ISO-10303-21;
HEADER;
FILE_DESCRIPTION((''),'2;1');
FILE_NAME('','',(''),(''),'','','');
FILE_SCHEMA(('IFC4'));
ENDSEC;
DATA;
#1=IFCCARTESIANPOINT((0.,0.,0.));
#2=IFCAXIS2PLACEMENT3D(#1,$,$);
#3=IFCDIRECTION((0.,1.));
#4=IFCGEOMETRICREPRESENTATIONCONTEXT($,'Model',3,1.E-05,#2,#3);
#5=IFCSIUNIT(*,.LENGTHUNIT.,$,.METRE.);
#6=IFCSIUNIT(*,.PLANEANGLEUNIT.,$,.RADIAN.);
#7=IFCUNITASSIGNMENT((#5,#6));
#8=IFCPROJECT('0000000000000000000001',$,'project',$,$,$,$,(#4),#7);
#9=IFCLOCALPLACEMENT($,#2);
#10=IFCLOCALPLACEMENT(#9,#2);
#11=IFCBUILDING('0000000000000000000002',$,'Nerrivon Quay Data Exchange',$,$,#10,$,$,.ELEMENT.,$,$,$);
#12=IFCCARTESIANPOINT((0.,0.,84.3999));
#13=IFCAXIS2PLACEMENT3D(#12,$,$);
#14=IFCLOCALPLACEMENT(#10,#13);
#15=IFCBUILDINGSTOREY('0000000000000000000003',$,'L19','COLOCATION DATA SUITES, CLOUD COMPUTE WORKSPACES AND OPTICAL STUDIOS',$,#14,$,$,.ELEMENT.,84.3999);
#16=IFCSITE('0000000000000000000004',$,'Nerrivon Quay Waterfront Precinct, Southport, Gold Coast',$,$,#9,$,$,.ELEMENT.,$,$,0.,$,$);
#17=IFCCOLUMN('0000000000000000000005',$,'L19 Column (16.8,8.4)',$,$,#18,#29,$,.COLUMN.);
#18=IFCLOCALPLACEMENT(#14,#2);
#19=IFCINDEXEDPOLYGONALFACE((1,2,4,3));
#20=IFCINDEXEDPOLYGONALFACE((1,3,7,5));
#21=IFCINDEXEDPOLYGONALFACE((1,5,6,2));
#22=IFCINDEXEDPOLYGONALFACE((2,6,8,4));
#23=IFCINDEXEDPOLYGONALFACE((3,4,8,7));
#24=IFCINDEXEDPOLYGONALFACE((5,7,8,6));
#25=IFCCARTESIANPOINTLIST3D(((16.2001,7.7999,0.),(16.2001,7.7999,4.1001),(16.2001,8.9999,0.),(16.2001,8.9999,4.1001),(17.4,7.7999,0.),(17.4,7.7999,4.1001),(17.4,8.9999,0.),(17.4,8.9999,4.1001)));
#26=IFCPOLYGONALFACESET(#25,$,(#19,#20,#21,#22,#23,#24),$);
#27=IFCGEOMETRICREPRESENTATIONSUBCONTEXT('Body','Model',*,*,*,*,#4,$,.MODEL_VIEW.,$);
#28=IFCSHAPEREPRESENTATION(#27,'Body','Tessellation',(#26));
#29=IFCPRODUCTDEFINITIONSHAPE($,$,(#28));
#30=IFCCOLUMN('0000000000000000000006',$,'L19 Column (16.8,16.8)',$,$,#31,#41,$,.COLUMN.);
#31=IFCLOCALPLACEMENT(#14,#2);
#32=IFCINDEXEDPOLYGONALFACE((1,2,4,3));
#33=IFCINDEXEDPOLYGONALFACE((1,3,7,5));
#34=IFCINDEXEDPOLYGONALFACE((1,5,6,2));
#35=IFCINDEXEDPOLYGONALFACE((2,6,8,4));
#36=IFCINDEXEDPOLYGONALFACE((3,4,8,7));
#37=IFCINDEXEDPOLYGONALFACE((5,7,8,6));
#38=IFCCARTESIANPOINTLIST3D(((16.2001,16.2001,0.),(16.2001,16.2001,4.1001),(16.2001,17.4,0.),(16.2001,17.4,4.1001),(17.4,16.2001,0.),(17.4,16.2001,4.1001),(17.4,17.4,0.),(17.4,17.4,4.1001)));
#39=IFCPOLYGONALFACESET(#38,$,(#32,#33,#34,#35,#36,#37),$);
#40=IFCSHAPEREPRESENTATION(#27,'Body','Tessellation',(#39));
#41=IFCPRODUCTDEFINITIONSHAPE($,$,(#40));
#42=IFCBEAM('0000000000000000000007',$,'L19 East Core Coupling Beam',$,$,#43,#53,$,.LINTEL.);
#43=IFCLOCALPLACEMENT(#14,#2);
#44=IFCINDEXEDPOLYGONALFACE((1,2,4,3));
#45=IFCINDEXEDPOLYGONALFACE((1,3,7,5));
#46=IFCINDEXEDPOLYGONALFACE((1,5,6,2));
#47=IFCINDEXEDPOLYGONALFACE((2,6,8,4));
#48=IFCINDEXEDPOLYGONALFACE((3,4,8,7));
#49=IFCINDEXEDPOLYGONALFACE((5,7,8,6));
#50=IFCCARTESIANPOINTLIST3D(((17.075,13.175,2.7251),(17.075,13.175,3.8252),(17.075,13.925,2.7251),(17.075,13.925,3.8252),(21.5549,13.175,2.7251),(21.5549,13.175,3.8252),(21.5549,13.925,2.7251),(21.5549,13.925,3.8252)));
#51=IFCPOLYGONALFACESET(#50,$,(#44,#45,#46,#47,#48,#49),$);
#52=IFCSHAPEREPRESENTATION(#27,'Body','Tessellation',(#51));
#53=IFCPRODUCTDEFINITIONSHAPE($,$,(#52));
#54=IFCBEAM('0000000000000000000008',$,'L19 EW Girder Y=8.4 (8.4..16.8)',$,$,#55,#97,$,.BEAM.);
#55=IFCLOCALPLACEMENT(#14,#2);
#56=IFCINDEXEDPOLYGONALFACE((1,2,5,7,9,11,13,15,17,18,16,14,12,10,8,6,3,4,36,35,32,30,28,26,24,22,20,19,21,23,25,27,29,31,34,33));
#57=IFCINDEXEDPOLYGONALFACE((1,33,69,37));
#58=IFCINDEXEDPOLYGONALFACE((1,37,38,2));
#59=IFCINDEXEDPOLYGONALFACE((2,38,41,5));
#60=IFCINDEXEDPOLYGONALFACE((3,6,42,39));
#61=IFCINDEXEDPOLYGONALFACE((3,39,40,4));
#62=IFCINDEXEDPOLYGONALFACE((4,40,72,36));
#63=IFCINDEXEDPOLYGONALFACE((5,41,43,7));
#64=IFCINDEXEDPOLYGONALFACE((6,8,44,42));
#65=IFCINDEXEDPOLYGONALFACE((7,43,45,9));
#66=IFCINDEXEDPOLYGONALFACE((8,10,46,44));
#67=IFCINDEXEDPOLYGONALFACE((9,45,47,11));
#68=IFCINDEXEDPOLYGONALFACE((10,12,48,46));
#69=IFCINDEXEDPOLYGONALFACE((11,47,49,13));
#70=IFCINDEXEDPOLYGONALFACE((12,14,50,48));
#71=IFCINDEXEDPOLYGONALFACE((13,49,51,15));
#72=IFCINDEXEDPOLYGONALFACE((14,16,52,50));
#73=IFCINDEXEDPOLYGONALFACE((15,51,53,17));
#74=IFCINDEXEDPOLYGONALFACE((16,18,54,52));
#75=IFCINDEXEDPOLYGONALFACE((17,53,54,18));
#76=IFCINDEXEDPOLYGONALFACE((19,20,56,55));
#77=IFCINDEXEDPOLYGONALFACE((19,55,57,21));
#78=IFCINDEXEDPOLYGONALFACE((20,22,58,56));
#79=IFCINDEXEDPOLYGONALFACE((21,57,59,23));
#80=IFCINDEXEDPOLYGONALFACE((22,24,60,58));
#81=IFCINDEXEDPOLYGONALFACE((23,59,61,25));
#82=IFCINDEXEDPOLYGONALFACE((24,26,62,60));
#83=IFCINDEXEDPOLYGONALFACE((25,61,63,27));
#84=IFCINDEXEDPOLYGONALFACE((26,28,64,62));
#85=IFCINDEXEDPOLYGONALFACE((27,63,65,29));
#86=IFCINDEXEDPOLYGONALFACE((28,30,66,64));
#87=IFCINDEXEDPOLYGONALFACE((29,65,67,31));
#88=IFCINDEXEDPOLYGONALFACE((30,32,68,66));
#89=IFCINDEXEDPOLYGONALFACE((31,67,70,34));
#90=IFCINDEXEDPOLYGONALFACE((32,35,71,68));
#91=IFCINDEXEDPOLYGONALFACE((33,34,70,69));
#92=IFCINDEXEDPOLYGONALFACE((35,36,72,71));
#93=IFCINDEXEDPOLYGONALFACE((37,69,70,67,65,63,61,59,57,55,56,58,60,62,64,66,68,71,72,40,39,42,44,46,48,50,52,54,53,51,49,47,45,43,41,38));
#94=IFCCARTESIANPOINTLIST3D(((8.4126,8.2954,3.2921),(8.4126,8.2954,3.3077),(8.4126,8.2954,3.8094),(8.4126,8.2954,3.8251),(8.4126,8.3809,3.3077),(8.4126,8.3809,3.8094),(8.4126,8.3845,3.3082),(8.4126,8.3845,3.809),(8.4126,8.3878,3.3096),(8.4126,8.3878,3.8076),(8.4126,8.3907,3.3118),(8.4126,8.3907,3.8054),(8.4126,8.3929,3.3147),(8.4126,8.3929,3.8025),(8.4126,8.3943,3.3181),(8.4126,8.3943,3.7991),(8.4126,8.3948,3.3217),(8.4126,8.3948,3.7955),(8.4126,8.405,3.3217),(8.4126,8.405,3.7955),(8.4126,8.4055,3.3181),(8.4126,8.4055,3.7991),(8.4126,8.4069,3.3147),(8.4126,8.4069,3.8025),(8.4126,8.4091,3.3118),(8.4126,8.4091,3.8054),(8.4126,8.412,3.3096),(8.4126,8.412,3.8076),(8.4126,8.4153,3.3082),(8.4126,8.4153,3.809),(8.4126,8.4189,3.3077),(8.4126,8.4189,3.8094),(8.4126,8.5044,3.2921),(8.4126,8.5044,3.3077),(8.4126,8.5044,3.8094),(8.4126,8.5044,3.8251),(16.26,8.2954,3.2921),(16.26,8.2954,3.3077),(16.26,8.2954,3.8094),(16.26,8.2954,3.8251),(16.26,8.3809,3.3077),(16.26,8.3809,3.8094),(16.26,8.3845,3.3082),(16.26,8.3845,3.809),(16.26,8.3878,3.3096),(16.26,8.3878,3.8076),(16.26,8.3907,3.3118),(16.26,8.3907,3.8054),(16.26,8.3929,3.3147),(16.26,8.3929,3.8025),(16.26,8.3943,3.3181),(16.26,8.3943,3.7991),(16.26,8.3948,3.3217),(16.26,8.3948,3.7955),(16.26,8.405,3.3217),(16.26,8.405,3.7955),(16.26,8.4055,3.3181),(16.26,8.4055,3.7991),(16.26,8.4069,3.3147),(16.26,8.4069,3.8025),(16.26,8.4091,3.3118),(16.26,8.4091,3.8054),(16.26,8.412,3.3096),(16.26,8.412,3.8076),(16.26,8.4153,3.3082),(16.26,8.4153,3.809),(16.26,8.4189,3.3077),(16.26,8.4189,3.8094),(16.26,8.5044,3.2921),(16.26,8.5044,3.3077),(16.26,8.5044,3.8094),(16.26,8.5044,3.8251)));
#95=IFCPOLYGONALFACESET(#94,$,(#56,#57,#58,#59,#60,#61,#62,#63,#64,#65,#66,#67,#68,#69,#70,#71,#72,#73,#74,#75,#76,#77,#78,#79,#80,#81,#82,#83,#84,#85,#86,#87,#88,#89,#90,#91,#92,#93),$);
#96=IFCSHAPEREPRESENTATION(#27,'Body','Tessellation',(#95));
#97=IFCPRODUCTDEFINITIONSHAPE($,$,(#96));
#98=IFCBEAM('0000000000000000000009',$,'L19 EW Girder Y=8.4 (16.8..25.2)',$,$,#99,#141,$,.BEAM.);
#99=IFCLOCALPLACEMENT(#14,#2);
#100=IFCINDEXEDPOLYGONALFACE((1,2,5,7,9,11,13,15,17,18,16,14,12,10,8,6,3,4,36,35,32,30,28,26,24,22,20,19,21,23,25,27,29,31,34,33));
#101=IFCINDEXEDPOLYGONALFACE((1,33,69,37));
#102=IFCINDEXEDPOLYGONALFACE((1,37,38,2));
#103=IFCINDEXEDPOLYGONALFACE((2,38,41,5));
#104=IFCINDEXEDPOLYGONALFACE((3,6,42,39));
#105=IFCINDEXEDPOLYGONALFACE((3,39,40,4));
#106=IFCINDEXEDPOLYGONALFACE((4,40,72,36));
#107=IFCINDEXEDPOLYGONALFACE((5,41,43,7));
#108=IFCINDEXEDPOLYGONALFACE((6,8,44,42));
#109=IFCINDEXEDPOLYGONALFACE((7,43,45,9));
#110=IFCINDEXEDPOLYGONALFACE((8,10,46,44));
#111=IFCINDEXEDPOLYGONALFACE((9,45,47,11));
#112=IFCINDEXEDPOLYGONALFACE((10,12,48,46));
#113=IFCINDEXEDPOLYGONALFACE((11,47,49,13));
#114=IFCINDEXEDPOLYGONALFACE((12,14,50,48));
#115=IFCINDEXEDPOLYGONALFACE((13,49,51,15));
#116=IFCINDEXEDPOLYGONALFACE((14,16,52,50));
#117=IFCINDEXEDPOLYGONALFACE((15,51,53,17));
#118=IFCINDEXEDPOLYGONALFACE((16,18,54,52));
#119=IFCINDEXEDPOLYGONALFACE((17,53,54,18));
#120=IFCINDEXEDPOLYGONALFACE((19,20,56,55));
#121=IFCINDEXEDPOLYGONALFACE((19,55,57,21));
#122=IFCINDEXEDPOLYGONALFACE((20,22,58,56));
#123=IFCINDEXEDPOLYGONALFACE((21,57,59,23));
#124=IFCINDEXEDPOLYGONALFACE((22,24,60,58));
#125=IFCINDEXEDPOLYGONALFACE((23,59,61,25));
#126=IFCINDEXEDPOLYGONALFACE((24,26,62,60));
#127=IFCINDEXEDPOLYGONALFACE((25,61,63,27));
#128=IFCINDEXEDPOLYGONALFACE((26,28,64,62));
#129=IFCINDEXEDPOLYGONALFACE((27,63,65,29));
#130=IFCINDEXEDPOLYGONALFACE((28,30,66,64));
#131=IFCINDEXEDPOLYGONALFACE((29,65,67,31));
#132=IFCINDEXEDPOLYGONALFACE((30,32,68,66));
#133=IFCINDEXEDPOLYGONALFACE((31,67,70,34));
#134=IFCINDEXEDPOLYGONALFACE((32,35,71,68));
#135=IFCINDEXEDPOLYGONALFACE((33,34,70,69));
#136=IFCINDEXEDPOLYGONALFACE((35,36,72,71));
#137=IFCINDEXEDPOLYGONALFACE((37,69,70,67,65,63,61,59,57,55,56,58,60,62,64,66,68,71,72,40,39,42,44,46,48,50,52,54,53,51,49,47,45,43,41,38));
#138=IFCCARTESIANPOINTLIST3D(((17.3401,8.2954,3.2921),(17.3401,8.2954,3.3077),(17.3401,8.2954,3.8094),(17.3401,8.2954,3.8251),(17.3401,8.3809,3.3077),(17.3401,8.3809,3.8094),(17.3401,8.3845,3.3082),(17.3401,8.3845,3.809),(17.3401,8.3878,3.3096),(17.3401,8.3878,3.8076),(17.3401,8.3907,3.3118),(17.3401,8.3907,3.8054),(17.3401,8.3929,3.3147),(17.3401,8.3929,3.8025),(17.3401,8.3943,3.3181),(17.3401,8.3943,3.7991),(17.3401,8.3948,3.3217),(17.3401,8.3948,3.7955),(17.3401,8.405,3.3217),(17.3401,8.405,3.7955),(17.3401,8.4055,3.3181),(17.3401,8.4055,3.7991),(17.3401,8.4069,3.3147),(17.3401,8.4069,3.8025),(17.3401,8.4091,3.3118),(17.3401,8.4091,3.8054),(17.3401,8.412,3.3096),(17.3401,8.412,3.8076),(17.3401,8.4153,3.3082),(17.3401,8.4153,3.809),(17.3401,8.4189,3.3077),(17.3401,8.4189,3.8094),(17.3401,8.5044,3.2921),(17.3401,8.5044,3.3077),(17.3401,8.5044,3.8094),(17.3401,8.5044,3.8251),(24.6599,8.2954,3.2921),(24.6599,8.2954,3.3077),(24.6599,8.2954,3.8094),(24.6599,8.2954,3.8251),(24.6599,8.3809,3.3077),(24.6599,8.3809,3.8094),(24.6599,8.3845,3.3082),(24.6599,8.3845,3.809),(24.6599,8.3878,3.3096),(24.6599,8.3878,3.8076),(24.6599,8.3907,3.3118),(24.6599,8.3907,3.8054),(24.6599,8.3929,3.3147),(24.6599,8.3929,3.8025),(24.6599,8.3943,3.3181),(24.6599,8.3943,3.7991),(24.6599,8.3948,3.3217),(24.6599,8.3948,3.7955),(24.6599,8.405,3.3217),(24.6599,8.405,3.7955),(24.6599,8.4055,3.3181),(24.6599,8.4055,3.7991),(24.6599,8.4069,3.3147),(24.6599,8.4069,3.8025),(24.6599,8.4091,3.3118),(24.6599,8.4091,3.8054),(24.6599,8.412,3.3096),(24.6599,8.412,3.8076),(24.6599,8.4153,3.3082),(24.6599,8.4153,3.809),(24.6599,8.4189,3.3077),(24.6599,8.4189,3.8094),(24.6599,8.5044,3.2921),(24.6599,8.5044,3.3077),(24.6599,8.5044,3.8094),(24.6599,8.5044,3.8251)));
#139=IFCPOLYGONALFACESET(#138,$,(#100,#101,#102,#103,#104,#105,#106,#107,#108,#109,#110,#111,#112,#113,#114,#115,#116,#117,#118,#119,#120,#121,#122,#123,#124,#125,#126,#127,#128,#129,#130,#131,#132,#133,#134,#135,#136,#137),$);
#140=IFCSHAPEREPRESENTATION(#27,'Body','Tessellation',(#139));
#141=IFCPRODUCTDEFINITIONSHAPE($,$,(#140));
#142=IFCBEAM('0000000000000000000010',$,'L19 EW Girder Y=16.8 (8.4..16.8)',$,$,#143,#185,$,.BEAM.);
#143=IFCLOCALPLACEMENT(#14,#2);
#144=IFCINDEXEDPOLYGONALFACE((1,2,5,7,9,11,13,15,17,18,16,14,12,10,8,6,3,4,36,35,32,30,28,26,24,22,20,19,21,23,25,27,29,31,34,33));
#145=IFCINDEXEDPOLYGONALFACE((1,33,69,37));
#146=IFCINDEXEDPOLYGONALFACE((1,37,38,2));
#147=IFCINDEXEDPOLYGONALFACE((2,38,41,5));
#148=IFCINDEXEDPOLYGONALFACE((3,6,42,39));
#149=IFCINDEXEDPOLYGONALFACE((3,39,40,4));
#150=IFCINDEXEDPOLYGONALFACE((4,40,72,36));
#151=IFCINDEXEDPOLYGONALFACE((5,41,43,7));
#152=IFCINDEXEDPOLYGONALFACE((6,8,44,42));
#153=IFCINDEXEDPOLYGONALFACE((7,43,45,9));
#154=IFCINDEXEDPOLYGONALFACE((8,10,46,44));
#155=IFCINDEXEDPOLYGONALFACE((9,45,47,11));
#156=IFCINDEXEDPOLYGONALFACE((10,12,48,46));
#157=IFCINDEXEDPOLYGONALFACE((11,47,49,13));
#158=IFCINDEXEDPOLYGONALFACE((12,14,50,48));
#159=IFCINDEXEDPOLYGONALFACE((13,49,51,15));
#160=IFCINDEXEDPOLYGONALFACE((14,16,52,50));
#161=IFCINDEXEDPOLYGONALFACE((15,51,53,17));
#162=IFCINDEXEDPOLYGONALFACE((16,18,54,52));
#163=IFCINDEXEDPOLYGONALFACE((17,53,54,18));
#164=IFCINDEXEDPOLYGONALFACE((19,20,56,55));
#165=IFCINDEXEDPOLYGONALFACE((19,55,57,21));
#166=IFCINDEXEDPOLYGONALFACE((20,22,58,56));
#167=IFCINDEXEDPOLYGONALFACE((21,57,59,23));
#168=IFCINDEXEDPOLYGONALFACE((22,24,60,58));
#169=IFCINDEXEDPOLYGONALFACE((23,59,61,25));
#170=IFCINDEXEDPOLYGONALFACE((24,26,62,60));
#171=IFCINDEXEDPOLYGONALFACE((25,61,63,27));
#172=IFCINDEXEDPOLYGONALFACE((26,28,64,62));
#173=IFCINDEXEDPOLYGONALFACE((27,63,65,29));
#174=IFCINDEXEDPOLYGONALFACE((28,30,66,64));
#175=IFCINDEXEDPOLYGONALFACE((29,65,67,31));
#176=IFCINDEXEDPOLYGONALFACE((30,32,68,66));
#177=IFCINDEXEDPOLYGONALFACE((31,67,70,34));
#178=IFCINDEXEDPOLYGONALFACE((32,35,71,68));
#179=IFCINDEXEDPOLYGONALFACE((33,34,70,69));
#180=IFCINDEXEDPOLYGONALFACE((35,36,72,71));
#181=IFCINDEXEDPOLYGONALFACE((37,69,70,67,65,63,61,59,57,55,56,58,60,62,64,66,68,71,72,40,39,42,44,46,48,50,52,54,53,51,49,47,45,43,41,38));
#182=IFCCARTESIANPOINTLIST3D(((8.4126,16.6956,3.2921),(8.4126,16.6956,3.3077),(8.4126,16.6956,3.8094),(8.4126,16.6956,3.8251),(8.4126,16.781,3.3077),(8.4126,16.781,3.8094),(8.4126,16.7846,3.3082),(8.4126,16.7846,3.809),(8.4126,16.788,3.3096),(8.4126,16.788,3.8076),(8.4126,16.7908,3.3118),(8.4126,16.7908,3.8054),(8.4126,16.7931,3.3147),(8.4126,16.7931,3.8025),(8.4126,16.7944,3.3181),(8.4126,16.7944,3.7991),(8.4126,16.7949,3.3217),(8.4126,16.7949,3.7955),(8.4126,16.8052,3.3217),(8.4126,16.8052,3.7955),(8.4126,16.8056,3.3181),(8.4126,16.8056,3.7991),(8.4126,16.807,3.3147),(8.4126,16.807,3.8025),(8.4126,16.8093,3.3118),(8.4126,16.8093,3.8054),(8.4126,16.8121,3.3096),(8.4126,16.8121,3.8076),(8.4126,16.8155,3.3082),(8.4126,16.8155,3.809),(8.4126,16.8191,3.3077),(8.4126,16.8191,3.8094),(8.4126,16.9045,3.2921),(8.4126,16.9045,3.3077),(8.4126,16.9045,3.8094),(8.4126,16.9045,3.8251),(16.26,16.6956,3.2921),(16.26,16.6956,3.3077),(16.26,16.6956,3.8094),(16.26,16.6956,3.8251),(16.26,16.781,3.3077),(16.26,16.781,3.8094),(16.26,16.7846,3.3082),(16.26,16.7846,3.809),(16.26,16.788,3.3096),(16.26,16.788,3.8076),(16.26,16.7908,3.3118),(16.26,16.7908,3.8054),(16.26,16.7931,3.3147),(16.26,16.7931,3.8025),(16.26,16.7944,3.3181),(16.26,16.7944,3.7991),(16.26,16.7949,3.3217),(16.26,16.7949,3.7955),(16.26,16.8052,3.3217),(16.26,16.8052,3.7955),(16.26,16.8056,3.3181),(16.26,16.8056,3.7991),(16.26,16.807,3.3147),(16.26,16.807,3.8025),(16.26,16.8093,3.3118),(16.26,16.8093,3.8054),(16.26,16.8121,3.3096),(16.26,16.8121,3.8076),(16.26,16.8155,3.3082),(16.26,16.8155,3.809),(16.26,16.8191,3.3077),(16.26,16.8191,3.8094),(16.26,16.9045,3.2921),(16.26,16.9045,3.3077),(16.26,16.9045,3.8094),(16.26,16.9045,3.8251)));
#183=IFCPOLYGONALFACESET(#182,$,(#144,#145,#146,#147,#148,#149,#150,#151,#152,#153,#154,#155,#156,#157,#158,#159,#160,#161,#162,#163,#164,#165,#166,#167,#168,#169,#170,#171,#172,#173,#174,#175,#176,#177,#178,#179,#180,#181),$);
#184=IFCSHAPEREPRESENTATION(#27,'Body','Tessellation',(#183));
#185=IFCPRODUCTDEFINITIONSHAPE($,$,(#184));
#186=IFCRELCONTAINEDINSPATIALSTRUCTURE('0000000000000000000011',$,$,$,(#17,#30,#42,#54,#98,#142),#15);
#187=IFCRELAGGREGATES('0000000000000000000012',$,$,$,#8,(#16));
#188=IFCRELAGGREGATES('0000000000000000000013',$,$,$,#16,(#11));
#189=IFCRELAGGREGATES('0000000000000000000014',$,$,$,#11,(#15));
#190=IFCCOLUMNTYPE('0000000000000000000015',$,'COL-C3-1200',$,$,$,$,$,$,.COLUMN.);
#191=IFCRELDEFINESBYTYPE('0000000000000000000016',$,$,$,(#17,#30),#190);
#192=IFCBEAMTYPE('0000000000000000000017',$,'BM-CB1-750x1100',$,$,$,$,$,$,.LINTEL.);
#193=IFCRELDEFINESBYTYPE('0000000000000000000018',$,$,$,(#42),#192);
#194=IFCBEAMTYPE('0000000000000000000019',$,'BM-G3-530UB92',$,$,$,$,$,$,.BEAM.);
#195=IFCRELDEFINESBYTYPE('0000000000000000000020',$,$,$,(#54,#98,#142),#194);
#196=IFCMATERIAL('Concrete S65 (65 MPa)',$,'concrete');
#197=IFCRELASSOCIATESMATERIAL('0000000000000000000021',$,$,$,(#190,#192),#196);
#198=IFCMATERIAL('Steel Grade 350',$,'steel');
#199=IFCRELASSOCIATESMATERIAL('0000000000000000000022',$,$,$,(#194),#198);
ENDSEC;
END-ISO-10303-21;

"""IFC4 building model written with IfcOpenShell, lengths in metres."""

from ifc_helpers import new_model, si_unit, direction, frame, origin, origin_2d, place, context, subcontext, project, spatial, rectangle, i_section, extrude, material, material_profile, profile_set, type_object, element, save


model = new_model("IFC4")

# Units and contexts
model_context = context("Model", 3, precision=1e-05, world=origin(), true_north=direction((0.0, 1.0)))
body_context = subcontext(model_context, "Body", "Model", "MODEL_VIEW")
ifc_project = project(units=[si_unit("LENGTHUNIT", "METRE"), si_unit("PLANEANGLEUNIT", "RADIAN")], contexts=[model_context])

# Site, building, storey
site_placement = place(None, origin())
site = spatial("IfcSite", under=ifc_project, at=site_placement, Name="Nerrivon Quay Waterfront Precinct, Southport, Gold Coast", CompositionType="ELEMENT", RefElevation=0.0)
building_placement = place(site_placement, origin())
building = spatial("IfcBuilding", under=site, at=building_placement, Name="Nerrivon Quay Data Exchange", CompositionType="ELEMENT")
storey_placement = place(building_placement, frame((0.0, 0.0, 84.3999)))
storey = spatial("IfcBuildingStorey", under=building, at=storey_placement, Name="L19", Description="COLOCATION DATA SUITES, CLOUD COMPUTE WORKSPACES AND OPTICAL STUDIOS", CompositionType="ELEMENT", Elevation=84.3999)

# Columns
ifc_material_1 = material(Name="Concrete S65 (65 MPa)", Category="concrete")
ifc_material_profile_1 = material_profile(ifc_material_1, rectangle(XDim=1.2, YDim=1.2, at=origin_2d()), Name="RC-COL-1200x1200")
ifc_profile_set_1 = profile_set([ifc_material_profile_1], Name="Concrete S65 (65 MPa)")
column_type = type_object("IfcColumnType", Name="COL-C3-1200", PredefinedType="COLUMN", material=ifc_profile_set_1)
for number, where, z_axis, x_axis, name in (
    (1, (16.8, 8.3999, 0.0), (0.0, 0.0, 1.0), (1.0, 0.0, 0.0), "L19 Column (16.8,8.4)"),
    (2, (16.8, 16.8, 0.0), (0.0, 0.0, 1.0), (1.0, 0.0, 0.0), "L19 Column (16.8,16.8)"),
):
    element("IfcColumn", number, at=place(storey_placement, frame(where, z_axis=z_axis, x_axis=x_axis)), inside=storey, type_object=column_type, Name=name, PredefinedType="COLUMN", context=body_context, shape_type="SweptSolid", body=[
        extrude(rectangle(XDim=1.2, YDim=1.2, at=origin_2d()), origin(), (0.0, 0.0, 1.0), 4.1001),
    ])

# Beams
ifc_material_profile_2 = material_profile(ifc_material_1, rectangle(XDim=0.75, YDim=1.1001, at=origin_2d()), Name="RC-CB-750x1100")
ifc_profile_set_2 = profile_set([ifc_material_profile_2], Name="Concrete S65 (65 MPa)")
beam_type_1 = type_object("IfcBeamType", Name="BM-CB1-750x1100", PredefinedType="LINTEL", material=ifc_profile_set_2)
beam_1_placement = place(storey_placement, frame((17.075, 13.55, 3.2751), z_axis=(1.0, 0.0, 0.0), x_axis=(0.0, 1.0, 0.0)))
element("IfcBeam", 3, at=beam_1_placement, inside=storey, type_object=beam_type_1, Name="L19 East Core Coupling Beam", PredefinedType="LINTEL", context=body_context, shape_type="SweptSolid", body=[
    extrude(rectangle(XDim=0.75, YDim=1.1001, at=origin_2d()), origin(), (0.0, 0.0, 1.0), 4.48),
])
ifc_material_2 = material(Name="Steel Grade 350", Category="steel")
ifc_material_profile_3 = material_profile(ifc_material_2, i_section(OverallWidth=0.209, OverallDepth=0.533, WebThickness=0.0103, FlangeThickness=0.0156, FilletRadius=0.0139, at=origin_2d()), Name="530UB92.4")
ifc_profile_set_3 = profile_set([ifc_material_profile_3], Name="Steel Grade 350")
beam_type_2 = type_object("IfcBeamType", Name="BM-G3-530UB92", PredefinedType="BEAM", material=ifc_profile_set_3)
beam_2_placement = place(storey_placement, frame((8.4126, 8.3999, 3.5586), z_axis=(1.0, 0.0, 0.0), x_axis=(0.0, 1.0, 0.0)))
element("IfcBeam", 4, at=beam_2_placement, inside=storey, type_object=beam_type_2, Name="L19 EW Girder Y=8.4 (8.4..16.8)", PredefinedType="BEAM", context=body_context, shape_type="SweptSolid", body=[
    extrude(i_section(OverallWidth=0.209, OverallDepth=0.533, WebThickness=0.0103, FlangeThickness=0.0156, FilletRadius=0.0139, at=origin_2d()), origin(), (0.0, 0.0, 1.0), 7.8474),
])
beam_3_placement = place(storey_placement, frame((17.3401, 8.3999, 3.5586), z_axis=(1.0, 0.0, 0.0), x_axis=(0.0, 1.0, 0.0)))
element("IfcBeam", 5, at=beam_3_placement, inside=storey, type_object=beam_type_2, Name="L19 EW Girder Y=8.4 (16.8..25.2)", PredefinedType="BEAM", context=body_context, shape_type="SweptSolid", body=[
    extrude(i_section(OverallWidth=0.209, OverallDepth=0.533, WebThickness=0.0103, FlangeThickness=0.0156, FilletRadius=0.0139, at=origin_2d()), origin(), (0.0, 0.0, 1.0), 7.3198),
])
beam_4_placement = place(storey_placement, frame((8.4126, 16.8, 3.5586), z_axis=(1.0, 0.0, 0.0), x_axis=(0.0, 1.0, 0.0)))
element("IfcBeam", 6, at=beam_4_placement, inside=storey, type_object=beam_type_2, Name="L19 EW Girder Y=16.8 (8.4..16.8)", PredefinedType="BEAM", context=body_context, shape_type="SweptSolid", body=[
    extrude(i_section(OverallWidth=0.209, OverallDepth=0.533, WebThickness=0.0103, FlangeThickness=0.0156, FilletRadius=0.0139, at=origin_2d()), origin(), (0.0, 0.0, 1.0), 7.8474),
])

save(model, "model.ifc")
